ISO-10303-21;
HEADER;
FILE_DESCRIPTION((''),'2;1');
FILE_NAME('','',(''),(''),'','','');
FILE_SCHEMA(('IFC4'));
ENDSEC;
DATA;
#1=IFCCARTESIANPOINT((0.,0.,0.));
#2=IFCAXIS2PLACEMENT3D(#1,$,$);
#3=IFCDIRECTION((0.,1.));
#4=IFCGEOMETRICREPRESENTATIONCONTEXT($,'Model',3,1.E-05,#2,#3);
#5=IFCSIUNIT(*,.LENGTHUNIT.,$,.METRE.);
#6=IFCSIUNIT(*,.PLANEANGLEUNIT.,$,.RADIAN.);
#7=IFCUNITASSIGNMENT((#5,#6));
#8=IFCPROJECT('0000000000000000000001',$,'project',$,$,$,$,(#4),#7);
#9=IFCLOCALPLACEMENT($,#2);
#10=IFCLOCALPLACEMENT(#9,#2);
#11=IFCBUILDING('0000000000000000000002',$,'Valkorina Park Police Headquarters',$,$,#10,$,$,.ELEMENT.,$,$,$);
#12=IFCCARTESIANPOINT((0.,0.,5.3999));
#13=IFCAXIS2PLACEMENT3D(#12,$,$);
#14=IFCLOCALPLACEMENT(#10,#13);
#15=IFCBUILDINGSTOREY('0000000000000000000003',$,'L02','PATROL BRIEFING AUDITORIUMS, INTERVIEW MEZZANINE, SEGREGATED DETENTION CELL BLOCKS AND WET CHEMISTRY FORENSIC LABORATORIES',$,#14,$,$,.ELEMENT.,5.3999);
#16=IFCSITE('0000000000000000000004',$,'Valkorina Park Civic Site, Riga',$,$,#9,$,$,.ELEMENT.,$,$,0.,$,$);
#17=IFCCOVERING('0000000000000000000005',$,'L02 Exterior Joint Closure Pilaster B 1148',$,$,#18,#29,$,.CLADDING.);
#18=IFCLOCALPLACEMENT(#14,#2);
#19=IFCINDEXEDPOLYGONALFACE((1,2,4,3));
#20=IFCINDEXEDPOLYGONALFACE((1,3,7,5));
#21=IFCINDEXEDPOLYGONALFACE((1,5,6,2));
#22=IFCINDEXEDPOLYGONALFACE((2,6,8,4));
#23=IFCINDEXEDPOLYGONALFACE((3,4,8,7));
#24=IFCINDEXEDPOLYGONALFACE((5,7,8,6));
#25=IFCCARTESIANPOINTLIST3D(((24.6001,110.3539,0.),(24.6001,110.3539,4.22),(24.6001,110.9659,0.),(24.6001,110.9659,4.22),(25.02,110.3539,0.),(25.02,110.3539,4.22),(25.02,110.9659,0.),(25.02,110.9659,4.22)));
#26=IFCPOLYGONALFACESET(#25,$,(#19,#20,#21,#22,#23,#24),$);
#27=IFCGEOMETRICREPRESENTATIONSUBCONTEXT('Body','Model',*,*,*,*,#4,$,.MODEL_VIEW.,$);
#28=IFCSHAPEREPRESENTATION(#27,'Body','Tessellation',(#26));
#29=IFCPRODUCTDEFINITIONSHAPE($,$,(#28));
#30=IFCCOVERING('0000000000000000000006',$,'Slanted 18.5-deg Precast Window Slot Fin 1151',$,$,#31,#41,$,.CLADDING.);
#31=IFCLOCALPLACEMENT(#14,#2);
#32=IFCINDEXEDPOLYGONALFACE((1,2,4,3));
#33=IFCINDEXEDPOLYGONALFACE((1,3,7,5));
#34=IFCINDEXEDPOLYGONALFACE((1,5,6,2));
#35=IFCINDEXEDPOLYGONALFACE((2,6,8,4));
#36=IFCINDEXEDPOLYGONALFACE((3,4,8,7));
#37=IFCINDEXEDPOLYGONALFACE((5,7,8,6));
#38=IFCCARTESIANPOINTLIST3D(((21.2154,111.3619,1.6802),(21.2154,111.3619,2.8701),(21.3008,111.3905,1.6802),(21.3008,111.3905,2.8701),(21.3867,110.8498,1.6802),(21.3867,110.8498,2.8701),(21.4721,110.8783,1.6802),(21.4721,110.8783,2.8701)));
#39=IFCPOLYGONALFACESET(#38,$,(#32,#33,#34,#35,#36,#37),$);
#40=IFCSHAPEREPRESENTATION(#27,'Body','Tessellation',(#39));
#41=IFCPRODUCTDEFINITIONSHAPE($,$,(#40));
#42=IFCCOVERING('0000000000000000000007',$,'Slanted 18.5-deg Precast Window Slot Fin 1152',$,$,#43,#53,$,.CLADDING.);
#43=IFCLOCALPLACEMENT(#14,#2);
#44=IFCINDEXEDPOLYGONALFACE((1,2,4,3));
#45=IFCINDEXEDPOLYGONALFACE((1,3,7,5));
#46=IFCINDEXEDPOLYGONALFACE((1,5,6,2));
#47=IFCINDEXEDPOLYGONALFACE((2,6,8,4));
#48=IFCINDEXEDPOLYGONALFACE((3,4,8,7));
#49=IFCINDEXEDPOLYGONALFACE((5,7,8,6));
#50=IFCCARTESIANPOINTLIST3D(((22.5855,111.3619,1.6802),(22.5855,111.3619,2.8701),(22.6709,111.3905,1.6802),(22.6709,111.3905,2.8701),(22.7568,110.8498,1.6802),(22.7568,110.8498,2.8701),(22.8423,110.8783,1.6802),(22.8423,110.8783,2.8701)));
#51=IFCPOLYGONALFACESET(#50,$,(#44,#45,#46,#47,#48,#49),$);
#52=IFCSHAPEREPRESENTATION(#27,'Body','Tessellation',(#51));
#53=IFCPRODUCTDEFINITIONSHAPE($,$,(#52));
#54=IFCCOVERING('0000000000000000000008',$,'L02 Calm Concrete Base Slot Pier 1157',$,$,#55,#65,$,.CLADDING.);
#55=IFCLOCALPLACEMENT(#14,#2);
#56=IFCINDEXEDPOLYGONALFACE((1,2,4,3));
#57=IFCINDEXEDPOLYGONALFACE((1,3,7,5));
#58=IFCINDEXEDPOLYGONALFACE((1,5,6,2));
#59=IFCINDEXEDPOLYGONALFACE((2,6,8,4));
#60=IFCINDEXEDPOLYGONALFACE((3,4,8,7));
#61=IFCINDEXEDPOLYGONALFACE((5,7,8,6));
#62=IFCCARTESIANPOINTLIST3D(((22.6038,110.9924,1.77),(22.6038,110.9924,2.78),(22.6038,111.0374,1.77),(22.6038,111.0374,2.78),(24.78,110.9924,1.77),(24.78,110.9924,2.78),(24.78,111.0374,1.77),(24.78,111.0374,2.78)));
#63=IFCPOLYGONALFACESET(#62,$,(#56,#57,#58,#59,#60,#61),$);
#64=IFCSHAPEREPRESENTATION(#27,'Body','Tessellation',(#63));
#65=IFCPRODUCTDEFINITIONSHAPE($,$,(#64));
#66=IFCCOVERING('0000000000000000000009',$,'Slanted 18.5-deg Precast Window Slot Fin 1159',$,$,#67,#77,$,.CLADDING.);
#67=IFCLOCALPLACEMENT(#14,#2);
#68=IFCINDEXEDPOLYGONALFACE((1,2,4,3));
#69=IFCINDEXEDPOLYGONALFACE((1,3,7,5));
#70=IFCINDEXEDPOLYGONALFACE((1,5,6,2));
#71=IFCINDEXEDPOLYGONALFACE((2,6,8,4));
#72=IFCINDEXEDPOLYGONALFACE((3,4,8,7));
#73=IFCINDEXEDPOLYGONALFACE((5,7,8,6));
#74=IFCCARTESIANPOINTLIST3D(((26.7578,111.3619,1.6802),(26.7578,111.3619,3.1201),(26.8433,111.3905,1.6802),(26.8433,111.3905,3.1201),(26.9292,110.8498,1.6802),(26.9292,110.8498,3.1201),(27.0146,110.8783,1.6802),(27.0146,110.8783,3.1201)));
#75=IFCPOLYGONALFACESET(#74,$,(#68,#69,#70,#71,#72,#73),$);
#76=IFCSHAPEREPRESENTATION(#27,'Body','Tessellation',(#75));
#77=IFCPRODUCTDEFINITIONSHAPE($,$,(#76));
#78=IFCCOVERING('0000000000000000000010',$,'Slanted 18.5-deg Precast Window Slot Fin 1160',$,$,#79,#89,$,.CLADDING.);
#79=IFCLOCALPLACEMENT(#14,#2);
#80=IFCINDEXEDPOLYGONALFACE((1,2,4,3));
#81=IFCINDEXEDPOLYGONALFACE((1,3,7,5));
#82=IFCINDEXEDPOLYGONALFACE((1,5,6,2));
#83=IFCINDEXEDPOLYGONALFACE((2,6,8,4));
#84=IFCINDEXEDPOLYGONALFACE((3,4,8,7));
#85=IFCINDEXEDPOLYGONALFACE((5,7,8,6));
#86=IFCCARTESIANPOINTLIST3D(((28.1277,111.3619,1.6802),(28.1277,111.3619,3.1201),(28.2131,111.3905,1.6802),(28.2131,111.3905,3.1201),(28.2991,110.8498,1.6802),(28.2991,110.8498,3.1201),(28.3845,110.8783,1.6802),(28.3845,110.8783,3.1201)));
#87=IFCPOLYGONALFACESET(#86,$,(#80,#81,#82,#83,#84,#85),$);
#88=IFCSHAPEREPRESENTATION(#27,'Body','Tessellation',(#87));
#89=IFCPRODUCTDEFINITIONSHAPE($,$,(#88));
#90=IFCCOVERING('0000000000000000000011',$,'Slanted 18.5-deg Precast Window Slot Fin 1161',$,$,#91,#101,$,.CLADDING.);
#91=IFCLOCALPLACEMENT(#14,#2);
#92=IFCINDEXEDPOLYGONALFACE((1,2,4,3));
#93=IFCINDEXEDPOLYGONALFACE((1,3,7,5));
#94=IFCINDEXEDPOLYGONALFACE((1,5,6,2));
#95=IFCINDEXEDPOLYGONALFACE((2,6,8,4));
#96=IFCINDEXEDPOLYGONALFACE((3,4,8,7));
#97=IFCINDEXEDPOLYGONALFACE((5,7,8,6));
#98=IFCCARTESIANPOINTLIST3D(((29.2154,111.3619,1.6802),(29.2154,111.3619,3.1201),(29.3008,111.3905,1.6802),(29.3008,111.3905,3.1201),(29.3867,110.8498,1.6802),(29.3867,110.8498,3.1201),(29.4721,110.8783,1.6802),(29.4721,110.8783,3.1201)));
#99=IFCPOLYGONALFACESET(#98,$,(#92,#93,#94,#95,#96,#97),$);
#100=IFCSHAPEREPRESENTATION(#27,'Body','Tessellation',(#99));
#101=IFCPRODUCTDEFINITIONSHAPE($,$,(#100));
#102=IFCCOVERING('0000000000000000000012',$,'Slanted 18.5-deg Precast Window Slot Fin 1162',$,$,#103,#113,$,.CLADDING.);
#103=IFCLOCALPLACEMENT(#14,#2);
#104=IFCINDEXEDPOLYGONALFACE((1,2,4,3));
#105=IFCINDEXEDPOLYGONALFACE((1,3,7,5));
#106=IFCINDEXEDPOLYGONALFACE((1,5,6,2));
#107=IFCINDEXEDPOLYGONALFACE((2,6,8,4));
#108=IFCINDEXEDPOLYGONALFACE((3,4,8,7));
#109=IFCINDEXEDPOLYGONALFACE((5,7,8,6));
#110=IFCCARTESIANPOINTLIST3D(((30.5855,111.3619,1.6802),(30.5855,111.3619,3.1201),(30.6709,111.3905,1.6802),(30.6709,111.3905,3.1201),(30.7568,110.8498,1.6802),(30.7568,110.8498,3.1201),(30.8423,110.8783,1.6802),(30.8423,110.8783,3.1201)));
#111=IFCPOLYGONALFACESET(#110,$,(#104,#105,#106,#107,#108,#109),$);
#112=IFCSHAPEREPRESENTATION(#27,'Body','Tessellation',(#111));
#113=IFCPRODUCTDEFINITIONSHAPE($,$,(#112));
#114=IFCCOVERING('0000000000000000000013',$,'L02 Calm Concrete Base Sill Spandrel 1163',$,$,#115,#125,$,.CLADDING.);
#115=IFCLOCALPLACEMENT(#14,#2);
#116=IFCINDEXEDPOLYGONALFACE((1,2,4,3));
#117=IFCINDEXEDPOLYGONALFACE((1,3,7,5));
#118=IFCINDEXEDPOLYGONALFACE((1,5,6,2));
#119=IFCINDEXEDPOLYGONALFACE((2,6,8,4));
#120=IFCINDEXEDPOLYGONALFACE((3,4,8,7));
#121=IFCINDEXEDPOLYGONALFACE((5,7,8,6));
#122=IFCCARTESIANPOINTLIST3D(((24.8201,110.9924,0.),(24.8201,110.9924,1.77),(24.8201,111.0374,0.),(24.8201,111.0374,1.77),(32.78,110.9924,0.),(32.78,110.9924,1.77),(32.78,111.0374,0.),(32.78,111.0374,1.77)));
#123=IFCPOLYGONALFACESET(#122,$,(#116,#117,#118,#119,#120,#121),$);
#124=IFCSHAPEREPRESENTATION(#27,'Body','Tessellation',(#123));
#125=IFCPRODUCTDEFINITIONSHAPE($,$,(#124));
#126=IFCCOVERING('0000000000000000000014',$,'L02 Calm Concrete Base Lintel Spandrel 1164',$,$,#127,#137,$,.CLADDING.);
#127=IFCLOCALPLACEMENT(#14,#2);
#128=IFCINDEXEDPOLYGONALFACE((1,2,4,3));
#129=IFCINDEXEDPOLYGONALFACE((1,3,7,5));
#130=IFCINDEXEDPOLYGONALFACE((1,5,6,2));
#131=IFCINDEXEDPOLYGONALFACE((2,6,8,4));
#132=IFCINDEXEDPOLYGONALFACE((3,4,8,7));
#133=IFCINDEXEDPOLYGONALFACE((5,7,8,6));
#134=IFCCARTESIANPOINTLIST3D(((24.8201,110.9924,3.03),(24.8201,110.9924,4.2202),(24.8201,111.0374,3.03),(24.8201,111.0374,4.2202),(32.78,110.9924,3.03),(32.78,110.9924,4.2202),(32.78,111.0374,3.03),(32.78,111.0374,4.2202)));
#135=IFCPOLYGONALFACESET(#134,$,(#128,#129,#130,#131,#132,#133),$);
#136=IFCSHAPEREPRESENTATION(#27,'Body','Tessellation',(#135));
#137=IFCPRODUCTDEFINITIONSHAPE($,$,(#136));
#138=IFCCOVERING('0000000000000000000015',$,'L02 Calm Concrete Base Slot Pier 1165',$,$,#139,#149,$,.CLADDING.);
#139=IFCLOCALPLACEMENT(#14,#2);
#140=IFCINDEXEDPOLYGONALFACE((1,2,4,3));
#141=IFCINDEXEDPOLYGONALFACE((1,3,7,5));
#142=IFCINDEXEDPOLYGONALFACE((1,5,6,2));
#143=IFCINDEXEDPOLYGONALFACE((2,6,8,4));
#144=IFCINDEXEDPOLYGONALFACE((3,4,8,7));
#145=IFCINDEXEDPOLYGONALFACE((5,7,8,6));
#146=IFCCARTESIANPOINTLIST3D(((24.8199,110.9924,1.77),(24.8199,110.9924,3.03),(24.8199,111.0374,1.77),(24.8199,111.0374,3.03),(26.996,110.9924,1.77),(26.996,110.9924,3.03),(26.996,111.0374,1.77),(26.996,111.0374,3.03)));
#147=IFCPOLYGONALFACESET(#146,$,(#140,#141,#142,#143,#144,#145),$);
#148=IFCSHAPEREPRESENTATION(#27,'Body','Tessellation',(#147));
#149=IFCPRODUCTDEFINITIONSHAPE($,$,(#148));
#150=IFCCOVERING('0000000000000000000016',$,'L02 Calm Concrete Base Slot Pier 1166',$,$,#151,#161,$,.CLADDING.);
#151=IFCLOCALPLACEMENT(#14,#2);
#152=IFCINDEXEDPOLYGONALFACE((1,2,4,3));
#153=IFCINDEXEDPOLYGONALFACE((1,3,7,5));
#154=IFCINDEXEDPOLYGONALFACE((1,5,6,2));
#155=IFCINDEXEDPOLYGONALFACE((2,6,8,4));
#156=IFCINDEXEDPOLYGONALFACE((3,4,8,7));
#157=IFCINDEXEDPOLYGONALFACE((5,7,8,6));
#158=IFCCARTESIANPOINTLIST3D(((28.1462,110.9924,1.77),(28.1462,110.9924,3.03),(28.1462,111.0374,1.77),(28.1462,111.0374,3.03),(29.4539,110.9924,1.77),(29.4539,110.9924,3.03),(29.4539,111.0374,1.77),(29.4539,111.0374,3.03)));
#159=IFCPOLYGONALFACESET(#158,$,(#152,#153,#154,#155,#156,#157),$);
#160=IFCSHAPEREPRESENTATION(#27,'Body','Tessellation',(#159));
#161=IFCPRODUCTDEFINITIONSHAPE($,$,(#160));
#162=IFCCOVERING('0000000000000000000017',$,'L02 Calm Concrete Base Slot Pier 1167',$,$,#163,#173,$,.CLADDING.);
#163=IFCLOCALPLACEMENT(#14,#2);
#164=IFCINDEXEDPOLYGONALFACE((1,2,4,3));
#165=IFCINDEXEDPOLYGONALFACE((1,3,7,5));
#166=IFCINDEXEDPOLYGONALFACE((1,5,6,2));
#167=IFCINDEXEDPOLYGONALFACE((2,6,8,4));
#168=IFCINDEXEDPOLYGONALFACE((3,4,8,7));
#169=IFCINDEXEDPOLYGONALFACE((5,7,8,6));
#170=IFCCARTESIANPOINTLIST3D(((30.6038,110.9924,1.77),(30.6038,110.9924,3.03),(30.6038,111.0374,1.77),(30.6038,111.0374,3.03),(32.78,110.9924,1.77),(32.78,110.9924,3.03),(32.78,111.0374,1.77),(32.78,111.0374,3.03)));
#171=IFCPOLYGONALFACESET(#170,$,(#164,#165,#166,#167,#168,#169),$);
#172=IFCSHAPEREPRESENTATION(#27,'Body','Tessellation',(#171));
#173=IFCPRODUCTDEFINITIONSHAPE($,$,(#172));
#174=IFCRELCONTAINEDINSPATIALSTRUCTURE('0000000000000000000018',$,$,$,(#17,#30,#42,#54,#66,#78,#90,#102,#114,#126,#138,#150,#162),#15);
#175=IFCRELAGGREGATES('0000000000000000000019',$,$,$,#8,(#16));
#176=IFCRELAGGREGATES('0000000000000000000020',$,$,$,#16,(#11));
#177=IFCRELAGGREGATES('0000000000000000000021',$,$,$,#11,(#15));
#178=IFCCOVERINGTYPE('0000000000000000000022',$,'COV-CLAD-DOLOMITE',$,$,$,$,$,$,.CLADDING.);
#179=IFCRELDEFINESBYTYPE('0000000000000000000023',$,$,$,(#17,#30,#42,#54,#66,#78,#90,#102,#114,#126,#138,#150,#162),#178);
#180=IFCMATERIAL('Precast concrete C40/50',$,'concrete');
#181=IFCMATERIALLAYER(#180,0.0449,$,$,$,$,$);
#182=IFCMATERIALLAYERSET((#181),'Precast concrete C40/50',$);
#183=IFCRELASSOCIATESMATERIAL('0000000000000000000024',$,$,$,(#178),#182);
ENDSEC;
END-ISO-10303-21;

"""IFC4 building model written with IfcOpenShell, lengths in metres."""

from ifc_helpers import new_model, si_unit, direction, frame, frame_2d, origin, origin_2d, place, context, subcontext, project, spatial, rectangle, extrude, material, layer, layer_set, type_object, element, save


model = new_model("IFC4")

# Units and contexts
model_context = context("Model", 3, precision=1e-05, world=origin(), true_north=direction((0.0, 1.0)))
body_context = subcontext(model_context, "Body", "Model", "MODEL_VIEW")
ifc_project = project(units=[si_unit("LENGTHUNIT", "METRE"), si_unit("PLANEANGLEUNIT", "RADIAN")], contexts=[model_context])

# Site, building, storey
site_placement = place(None, origin())
site = spatial("IfcSite", under=ifc_project, at=site_placement, Name="Valkorina Park Civic Site, Riga", CompositionType="ELEMENT", RefElevation=0.0)
building_placement = place(site_placement, origin())
building = spatial("IfcBuilding", under=site, at=building_placement, Name="Valkorina Park Police Headquarters", CompositionType="ELEMENT")
storey_placement = place(building_placement, frame((0.0, 0.0, 5.3999)))
storey = spatial("IfcBuildingStorey", under=building, at=storey_placement, Name="L02", Description="PATROL BRIEFING AUDITORIUMS, INTERVIEW MEZZANINE, SEGREGATED DETENTION CELL BLOCKS AND WET CHEMISTRY FORENSIC LABORATORIES", CompositionType="ELEMENT", Elevation=5.3999)

# Shared definitions
ifc_material_1 = material(Name="Precast concrete C40/50", Category="concrete")

# Coverings
ifc_layer_1 = layer(ifc_material_1, 0.0449)
ifc_layer_set_1 = layer_set([ifc_layer_1], Name="Precast concrete C40/50")
covering_type = type_object("IfcCoveringType", Name="COV-CLAD-DOLOMITE", PredefinedType="CLADDING", material=ifc_layer_set_1)
covering_1_placement = place(storey_placement, frame((24.8101, 110.6599, 0.0), z_axis=(0.0, 0.0, 1.0), x_axis=(1.0, 0.0, 0.0)))
element("IfcCovering", 1, at=covering_1_placement, inside=storey, type_object=covering_type, Name="L02 Exterior Joint Closure Pilaster B 1148", PredefinedType="CLADDING", context=body_context, shape_type="SweptSolid", body=[
    extrude(rectangle(XDim=0.4199, YDim=0.6121, at=origin_2d()), origin(), (0.0, 0.0, 1.0), 4.22),
])
for number, where, z_axis, x_axis, name in (
    (2, (21.3438, 111.1201, 1.6802), (0.0, 0.0, 1.0), (-0.317305, 0.948324, 0.0), "Slanted 18.5-deg Precast Window Slot Fin 1151"),
    (3, (22.7139, 111.1201, 1.6802), (0.0, 0.0, 1.0), (-0.317305, 0.948324, 0.0), "Slanted 18.5-deg Precast Window Slot Fin 1152"),
):
    element("IfcCovering", number, at=place(storey_placement, frame(where, z_axis=z_axis, x_axis=x_axis)), inside=storey, type_object=covering_type, Name=name, PredefinedType="CLADDING", context=body_context, shape_type="SweptSolid", body=[
        extrude(rectangle(XDim=0.54, YDim=0.0901, at=origin_2d()), origin(), (0.0, 0.0, 1.0), 1.1899),
    ])
covering_2_placement = place(storey_placement, frame((22.6038, 111.0149, 1.77), z_axis=(0.0, 0.0, 1.0), x_axis=(1.0, 0.0, 0.0)))
element("IfcCovering", 4, at=covering_2_placement, inside=storey, type_object=covering_type, Name="L02 Calm Concrete Base Slot Pier 1157", PredefinedType="CLADDING", context=body_context, shape_type="SweptSolid", body=[
    extrude(rectangle(XDim=2.1763, YDim=0.0449, at=frame_2d((1.0881, 0.0))), origin(), (0.0, 0.0, 1.0), 1.01),
])
for number, where, z_axis, x_axis, name in (
    (5, (26.8862, 111.1201, 1.6802), (0.0, 0.0, 1.0), (-0.317305, 0.948324, 0.0), "Slanted 18.5-deg Precast Window Slot Fin 1159"),
    (6, (28.2561, 111.1201, 1.6802), (0.0, 0.0, 1.0), (-0.317305, 0.948324, 0.0), "Slanted 18.5-deg Precast Window Slot Fin 1160"),
    (7, (29.3438, 111.1201, 1.6802), (0.0, 0.0, 1.0), (-0.317305, 0.948324, 0.0), "Slanted 18.5-deg Precast Window Slot Fin 1161"),
    (8, (30.7139, 111.1201, 1.6802), (0.0, 0.0, 1.0), (-0.317305, 0.948324, 0.0), "Slanted 18.5-deg Precast Window Slot Fin 1162"),
):
    element("IfcCovering", number, at=place(storey_placement, frame(where, z_axis=z_axis, x_axis=x_axis)), inside=storey, type_object=covering_type, Name=name, PredefinedType="CLADDING", context=body_context, shape_type="SweptSolid", body=[
        extrude(rectangle(XDim=0.54, YDim=0.0901, at=origin_2d()), origin(), (0.0, 0.0, 1.0), 1.4399),
    ])
covering_3_placement = place(storey_placement, frame((24.8201, 111.0149, 0.0), z_axis=(0.0, 0.0, 1.0), x_axis=(1.0, 0.0, 0.0)))
element("IfcCovering", 9, at=covering_3_placement, inside=storey, type_object=covering_type, Name="L02 Calm Concrete Base Sill Spandrel 1163", PredefinedType="CLADDING", context=body_context, shape_type="SweptSolid", body=[
    extrude(rectangle(XDim=7.96, YDim=0.0449, at=frame_2d((3.98, 0.0))), origin(), (0.0, 0.0, 1.0), 1.77),
])
covering_4_placement = place(storey_placement, frame((24.8201, 111.0149, 3.03), z_axis=(0.0, 0.0, 1.0), x_axis=(1.0, 0.0, 0.0)))
element("IfcCovering", 10, at=covering_4_placement, inside=storey, type_object=covering_type, Name="L02 Calm Concrete Base Lintel Spandrel 1164", PredefinedType="CLADDING", context=body_context, shape_type="SweptSolid", body=[
    extrude(rectangle(XDim=7.96, YDim=0.0449, at=frame_2d((3.98, 0.0))), origin(), (0.0, 0.0, 1.0), 1.1902),
])
covering_5_placement = place(storey_placement, frame((24.8201, 111.0149, 1.77), z_axis=(0.0, 0.0, 1.0), x_axis=(1.0, 0.0, 0.0)))
element("IfcCovering", 11, at=covering_5_placement, inside=storey, type_object=covering_type, Name="L02 Calm Concrete Base Slot Pier 1165", PredefinedType="CLADDING", context=body_context, shape_type="SweptSolid", body=[
    extrude(rectangle(XDim=2.176, YDim=0.0449, at=frame_2d((1.0879, 0.0))), origin(), (0.0, 0.0, 1.0), 1.26),
])
covering_6_placement = place(storey_placement, frame((28.1462, 111.0149, 1.77), z_axis=(0.0, 0.0, 1.0), x_axis=(1.0, 0.0, 0.0)))
element("IfcCovering", 12, at=covering_6_placement, inside=storey, type_object=covering_type, Name="L02 Calm Concrete Base Slot Pier 1166", PredefinedType="CLADDING", context=body_context, shape_type="SweptSolid", body=[
    extrude(rectangle(XDim=1.3076, YDim=0.0449, at=frame_2d((0.6538, 0.0))), origin(), (0.0, 0.0, 1.0), 1.26),
])
covering_7_placement = place(storey_placement, frame((30.6038, 111.0149, 1.77), z_axis=(0.0, 0.0, 1.0), x_axis=(1.0, 0.0, 0.0)))
element("IfcCovering", 13, at=covering_7_placement, inside=storey, type_object=covering_type, Name="L02 Calm Concrete Base Slot Pier 1167", PredefinedType="CLADDING", context=body_context, shape_type="SweptSolid", body=[
    extrude(rectangle(XDim=2.1763, YDim=0.0449, at=frame_2d((1.0881, 0.0))), origin(), (0.0, 0.0, 1.0), 1.26),
])

save(model, "model.ifc")
